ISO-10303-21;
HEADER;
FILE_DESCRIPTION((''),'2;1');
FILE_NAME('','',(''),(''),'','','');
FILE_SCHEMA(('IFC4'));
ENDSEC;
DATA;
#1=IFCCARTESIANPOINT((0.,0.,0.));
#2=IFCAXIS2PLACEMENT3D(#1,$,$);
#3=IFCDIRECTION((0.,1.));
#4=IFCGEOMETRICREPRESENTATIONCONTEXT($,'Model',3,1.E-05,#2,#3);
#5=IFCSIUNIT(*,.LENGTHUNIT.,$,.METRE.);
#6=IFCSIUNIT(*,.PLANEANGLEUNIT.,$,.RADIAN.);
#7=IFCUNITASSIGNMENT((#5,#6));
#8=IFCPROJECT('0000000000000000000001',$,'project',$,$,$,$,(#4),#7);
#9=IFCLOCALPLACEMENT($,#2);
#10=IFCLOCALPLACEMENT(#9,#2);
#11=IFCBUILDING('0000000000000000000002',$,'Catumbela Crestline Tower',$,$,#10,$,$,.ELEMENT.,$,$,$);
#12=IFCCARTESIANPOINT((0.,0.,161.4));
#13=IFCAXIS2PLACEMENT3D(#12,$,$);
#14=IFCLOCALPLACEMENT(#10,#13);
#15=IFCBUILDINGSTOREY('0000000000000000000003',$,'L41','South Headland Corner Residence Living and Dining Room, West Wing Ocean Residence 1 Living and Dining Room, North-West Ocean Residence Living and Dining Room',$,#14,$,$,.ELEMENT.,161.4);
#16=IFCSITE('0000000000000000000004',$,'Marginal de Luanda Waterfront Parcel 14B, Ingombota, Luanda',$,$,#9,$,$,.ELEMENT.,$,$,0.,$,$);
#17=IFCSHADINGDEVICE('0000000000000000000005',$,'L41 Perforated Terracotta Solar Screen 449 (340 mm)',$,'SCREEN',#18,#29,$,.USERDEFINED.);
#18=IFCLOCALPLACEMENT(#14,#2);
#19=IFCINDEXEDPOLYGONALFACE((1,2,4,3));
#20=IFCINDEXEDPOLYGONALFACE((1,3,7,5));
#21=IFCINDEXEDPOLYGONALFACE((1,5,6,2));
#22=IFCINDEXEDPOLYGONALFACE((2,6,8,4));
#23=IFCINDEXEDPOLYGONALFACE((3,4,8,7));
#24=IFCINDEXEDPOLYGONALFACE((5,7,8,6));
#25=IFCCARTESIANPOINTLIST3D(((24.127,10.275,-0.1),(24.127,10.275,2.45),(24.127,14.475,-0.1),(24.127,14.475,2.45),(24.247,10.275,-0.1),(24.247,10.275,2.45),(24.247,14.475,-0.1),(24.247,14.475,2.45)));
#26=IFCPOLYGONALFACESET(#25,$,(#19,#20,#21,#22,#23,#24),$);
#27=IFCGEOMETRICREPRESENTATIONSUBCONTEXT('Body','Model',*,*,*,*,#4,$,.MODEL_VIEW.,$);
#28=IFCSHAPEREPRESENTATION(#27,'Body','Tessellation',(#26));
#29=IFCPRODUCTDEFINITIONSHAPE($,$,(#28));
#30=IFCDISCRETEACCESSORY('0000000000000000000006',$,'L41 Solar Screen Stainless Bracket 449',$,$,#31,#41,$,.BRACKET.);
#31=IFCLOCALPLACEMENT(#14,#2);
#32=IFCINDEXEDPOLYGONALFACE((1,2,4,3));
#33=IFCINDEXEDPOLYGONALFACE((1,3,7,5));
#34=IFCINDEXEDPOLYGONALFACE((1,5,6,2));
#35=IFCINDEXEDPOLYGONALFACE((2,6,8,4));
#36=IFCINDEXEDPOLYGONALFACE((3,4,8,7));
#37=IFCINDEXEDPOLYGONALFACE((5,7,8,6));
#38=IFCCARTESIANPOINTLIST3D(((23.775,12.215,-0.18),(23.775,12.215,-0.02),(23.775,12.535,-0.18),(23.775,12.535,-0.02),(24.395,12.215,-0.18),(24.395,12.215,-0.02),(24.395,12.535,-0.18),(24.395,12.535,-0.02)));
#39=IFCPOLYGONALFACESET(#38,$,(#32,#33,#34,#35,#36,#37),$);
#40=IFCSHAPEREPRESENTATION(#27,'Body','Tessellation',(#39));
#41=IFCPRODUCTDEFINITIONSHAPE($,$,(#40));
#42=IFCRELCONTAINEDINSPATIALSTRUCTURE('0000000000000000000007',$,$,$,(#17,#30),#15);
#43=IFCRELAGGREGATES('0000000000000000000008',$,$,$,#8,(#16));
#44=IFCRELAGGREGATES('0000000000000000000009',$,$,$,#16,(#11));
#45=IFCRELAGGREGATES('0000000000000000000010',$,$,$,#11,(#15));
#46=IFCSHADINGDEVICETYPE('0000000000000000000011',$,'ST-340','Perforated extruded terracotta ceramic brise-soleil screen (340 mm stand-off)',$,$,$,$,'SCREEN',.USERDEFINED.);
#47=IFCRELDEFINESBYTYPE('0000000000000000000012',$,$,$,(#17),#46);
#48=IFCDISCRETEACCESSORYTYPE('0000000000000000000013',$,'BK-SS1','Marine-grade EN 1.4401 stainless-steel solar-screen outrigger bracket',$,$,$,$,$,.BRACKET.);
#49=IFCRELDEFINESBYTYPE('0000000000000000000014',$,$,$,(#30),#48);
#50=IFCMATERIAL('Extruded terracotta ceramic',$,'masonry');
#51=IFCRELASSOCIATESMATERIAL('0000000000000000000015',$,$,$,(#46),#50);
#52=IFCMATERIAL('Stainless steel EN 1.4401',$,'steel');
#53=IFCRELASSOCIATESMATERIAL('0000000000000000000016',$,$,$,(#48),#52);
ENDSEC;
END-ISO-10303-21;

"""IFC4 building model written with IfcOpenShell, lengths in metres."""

from ifc_helpers import new_model, si_unit, direction, frame, origin, origin_2d, place, context, subcontext, project, spatial, rectangle, extrude, material, type_object, element, save


model = new_model("IFC4")

# Units and contexts
model_context = context("Model", 3, precision=1e-05, world=origin(), true_north=direction((0.0, 1.0)))
body_context = subcontext(model_context, "Body", "Model", "MODEL_VIEW")
ifc_project = project(units=[si_unit("LENGTHUNIT", "METRE"), si_unit("PLANEANGLEUNIT", "RADIAN")], contexts=[model_context])

# Site, building, storey
site_placement = place(None, origin())
site = spatial("IfcSite", under=ifc_project, at=site_placement, Name="Marginal de Luanda Waterfront Parcel 14B, Ingombota, Luanda", CompositionType="ELEMENT", RefElevation=0.0)
building_placement = place(site_placement, origin())
building = spatial("IfcBuilding", under=site, at=building_placement, Name="Catumbela Crestline Tower", CompositionType="ELEMENT")
storey_placement = place(building_placement, frame((0.0, 0.0, 161.4)))
storey = spatial("IfcBuildingStorey", under=building, at=storey_placement, Name="L41", Description="South Headland Corner Residence Living and Dining Room, West Wing Ocean Residence 1 Living and Dining Room, North-West Ocean Residence Living and Dining Room", CompositionType="ELEMENT", Elevation=161.4)

# Shading device
ifc_material_1 = material(Name="Extruded terracotta ceramic", Category="masonry")
shading_device_type = type_object("IfcShadingDeviceType", Name="ST-340", Description="Perforated extruded terracotta ceramic brise-soleil screen (340 mm stand-off)", ElementType="SCREEN", PredefinedType="USERDEFINED", material=ifc_material_1)
shading_device_placement = place(storey_placement, frame((24.187, 12.375, -0.1), z_axis=(0.0, 0.0, 1.0), x_axis=(0.0, 1.0, 0.0)))
element("IfcShadingDevice", 1, at=shading_device_placement, inside=storey, type_object=shading_device_type, Name="L41 Perforated Terracotta Solar Screen 449 (340 mm)", ObjectType="SCREEN", PredefinedType="USERDEFINED", context=body_context, shape_type="SweptSolid", body=[
    extrude(rectangle(XDim=4.2, YDim=0.12, at=origin_2d()), origin(), (0.0, 0.0, 1.0), 2.55),
])

# Discrete accessory
ifc_material_2 = material(Name="Stainless steel EN 1.4401", Category="steel")
discrete_accessory_type = type_object("IfcDiscreteAccessoryType", Name="BK-SS1", Description="Marine-grade EN 1.4401 stainless-steel solar-screen outrigger bracket", PredefinedType="BRACKET", material=ifc_material_2)
discrete_accessory_placement = place(storey_placement, frame((24.085, 12.375, -0.18), z_axis=(0.0, 0.0, 1.0), x_axis=(0.0, 1.0, 0.0)))
element("IfcDiscreteAccessory", 2, at=discrete_accessory_placement, inside=storey, type_object=discrete_accessory_type, Name="L41 Solar Screen Stainless Bracket 449", PredefinedType="BRACKET", context=body_context, shape_type="SweptSolid", body=[
    extrude(rectangle(XDim=0.32, YDim=0.62, at=origin_2d()), origin(), (0.0, 0.0, 1.0), 0.16),
])

save(model, "model.ifc")
